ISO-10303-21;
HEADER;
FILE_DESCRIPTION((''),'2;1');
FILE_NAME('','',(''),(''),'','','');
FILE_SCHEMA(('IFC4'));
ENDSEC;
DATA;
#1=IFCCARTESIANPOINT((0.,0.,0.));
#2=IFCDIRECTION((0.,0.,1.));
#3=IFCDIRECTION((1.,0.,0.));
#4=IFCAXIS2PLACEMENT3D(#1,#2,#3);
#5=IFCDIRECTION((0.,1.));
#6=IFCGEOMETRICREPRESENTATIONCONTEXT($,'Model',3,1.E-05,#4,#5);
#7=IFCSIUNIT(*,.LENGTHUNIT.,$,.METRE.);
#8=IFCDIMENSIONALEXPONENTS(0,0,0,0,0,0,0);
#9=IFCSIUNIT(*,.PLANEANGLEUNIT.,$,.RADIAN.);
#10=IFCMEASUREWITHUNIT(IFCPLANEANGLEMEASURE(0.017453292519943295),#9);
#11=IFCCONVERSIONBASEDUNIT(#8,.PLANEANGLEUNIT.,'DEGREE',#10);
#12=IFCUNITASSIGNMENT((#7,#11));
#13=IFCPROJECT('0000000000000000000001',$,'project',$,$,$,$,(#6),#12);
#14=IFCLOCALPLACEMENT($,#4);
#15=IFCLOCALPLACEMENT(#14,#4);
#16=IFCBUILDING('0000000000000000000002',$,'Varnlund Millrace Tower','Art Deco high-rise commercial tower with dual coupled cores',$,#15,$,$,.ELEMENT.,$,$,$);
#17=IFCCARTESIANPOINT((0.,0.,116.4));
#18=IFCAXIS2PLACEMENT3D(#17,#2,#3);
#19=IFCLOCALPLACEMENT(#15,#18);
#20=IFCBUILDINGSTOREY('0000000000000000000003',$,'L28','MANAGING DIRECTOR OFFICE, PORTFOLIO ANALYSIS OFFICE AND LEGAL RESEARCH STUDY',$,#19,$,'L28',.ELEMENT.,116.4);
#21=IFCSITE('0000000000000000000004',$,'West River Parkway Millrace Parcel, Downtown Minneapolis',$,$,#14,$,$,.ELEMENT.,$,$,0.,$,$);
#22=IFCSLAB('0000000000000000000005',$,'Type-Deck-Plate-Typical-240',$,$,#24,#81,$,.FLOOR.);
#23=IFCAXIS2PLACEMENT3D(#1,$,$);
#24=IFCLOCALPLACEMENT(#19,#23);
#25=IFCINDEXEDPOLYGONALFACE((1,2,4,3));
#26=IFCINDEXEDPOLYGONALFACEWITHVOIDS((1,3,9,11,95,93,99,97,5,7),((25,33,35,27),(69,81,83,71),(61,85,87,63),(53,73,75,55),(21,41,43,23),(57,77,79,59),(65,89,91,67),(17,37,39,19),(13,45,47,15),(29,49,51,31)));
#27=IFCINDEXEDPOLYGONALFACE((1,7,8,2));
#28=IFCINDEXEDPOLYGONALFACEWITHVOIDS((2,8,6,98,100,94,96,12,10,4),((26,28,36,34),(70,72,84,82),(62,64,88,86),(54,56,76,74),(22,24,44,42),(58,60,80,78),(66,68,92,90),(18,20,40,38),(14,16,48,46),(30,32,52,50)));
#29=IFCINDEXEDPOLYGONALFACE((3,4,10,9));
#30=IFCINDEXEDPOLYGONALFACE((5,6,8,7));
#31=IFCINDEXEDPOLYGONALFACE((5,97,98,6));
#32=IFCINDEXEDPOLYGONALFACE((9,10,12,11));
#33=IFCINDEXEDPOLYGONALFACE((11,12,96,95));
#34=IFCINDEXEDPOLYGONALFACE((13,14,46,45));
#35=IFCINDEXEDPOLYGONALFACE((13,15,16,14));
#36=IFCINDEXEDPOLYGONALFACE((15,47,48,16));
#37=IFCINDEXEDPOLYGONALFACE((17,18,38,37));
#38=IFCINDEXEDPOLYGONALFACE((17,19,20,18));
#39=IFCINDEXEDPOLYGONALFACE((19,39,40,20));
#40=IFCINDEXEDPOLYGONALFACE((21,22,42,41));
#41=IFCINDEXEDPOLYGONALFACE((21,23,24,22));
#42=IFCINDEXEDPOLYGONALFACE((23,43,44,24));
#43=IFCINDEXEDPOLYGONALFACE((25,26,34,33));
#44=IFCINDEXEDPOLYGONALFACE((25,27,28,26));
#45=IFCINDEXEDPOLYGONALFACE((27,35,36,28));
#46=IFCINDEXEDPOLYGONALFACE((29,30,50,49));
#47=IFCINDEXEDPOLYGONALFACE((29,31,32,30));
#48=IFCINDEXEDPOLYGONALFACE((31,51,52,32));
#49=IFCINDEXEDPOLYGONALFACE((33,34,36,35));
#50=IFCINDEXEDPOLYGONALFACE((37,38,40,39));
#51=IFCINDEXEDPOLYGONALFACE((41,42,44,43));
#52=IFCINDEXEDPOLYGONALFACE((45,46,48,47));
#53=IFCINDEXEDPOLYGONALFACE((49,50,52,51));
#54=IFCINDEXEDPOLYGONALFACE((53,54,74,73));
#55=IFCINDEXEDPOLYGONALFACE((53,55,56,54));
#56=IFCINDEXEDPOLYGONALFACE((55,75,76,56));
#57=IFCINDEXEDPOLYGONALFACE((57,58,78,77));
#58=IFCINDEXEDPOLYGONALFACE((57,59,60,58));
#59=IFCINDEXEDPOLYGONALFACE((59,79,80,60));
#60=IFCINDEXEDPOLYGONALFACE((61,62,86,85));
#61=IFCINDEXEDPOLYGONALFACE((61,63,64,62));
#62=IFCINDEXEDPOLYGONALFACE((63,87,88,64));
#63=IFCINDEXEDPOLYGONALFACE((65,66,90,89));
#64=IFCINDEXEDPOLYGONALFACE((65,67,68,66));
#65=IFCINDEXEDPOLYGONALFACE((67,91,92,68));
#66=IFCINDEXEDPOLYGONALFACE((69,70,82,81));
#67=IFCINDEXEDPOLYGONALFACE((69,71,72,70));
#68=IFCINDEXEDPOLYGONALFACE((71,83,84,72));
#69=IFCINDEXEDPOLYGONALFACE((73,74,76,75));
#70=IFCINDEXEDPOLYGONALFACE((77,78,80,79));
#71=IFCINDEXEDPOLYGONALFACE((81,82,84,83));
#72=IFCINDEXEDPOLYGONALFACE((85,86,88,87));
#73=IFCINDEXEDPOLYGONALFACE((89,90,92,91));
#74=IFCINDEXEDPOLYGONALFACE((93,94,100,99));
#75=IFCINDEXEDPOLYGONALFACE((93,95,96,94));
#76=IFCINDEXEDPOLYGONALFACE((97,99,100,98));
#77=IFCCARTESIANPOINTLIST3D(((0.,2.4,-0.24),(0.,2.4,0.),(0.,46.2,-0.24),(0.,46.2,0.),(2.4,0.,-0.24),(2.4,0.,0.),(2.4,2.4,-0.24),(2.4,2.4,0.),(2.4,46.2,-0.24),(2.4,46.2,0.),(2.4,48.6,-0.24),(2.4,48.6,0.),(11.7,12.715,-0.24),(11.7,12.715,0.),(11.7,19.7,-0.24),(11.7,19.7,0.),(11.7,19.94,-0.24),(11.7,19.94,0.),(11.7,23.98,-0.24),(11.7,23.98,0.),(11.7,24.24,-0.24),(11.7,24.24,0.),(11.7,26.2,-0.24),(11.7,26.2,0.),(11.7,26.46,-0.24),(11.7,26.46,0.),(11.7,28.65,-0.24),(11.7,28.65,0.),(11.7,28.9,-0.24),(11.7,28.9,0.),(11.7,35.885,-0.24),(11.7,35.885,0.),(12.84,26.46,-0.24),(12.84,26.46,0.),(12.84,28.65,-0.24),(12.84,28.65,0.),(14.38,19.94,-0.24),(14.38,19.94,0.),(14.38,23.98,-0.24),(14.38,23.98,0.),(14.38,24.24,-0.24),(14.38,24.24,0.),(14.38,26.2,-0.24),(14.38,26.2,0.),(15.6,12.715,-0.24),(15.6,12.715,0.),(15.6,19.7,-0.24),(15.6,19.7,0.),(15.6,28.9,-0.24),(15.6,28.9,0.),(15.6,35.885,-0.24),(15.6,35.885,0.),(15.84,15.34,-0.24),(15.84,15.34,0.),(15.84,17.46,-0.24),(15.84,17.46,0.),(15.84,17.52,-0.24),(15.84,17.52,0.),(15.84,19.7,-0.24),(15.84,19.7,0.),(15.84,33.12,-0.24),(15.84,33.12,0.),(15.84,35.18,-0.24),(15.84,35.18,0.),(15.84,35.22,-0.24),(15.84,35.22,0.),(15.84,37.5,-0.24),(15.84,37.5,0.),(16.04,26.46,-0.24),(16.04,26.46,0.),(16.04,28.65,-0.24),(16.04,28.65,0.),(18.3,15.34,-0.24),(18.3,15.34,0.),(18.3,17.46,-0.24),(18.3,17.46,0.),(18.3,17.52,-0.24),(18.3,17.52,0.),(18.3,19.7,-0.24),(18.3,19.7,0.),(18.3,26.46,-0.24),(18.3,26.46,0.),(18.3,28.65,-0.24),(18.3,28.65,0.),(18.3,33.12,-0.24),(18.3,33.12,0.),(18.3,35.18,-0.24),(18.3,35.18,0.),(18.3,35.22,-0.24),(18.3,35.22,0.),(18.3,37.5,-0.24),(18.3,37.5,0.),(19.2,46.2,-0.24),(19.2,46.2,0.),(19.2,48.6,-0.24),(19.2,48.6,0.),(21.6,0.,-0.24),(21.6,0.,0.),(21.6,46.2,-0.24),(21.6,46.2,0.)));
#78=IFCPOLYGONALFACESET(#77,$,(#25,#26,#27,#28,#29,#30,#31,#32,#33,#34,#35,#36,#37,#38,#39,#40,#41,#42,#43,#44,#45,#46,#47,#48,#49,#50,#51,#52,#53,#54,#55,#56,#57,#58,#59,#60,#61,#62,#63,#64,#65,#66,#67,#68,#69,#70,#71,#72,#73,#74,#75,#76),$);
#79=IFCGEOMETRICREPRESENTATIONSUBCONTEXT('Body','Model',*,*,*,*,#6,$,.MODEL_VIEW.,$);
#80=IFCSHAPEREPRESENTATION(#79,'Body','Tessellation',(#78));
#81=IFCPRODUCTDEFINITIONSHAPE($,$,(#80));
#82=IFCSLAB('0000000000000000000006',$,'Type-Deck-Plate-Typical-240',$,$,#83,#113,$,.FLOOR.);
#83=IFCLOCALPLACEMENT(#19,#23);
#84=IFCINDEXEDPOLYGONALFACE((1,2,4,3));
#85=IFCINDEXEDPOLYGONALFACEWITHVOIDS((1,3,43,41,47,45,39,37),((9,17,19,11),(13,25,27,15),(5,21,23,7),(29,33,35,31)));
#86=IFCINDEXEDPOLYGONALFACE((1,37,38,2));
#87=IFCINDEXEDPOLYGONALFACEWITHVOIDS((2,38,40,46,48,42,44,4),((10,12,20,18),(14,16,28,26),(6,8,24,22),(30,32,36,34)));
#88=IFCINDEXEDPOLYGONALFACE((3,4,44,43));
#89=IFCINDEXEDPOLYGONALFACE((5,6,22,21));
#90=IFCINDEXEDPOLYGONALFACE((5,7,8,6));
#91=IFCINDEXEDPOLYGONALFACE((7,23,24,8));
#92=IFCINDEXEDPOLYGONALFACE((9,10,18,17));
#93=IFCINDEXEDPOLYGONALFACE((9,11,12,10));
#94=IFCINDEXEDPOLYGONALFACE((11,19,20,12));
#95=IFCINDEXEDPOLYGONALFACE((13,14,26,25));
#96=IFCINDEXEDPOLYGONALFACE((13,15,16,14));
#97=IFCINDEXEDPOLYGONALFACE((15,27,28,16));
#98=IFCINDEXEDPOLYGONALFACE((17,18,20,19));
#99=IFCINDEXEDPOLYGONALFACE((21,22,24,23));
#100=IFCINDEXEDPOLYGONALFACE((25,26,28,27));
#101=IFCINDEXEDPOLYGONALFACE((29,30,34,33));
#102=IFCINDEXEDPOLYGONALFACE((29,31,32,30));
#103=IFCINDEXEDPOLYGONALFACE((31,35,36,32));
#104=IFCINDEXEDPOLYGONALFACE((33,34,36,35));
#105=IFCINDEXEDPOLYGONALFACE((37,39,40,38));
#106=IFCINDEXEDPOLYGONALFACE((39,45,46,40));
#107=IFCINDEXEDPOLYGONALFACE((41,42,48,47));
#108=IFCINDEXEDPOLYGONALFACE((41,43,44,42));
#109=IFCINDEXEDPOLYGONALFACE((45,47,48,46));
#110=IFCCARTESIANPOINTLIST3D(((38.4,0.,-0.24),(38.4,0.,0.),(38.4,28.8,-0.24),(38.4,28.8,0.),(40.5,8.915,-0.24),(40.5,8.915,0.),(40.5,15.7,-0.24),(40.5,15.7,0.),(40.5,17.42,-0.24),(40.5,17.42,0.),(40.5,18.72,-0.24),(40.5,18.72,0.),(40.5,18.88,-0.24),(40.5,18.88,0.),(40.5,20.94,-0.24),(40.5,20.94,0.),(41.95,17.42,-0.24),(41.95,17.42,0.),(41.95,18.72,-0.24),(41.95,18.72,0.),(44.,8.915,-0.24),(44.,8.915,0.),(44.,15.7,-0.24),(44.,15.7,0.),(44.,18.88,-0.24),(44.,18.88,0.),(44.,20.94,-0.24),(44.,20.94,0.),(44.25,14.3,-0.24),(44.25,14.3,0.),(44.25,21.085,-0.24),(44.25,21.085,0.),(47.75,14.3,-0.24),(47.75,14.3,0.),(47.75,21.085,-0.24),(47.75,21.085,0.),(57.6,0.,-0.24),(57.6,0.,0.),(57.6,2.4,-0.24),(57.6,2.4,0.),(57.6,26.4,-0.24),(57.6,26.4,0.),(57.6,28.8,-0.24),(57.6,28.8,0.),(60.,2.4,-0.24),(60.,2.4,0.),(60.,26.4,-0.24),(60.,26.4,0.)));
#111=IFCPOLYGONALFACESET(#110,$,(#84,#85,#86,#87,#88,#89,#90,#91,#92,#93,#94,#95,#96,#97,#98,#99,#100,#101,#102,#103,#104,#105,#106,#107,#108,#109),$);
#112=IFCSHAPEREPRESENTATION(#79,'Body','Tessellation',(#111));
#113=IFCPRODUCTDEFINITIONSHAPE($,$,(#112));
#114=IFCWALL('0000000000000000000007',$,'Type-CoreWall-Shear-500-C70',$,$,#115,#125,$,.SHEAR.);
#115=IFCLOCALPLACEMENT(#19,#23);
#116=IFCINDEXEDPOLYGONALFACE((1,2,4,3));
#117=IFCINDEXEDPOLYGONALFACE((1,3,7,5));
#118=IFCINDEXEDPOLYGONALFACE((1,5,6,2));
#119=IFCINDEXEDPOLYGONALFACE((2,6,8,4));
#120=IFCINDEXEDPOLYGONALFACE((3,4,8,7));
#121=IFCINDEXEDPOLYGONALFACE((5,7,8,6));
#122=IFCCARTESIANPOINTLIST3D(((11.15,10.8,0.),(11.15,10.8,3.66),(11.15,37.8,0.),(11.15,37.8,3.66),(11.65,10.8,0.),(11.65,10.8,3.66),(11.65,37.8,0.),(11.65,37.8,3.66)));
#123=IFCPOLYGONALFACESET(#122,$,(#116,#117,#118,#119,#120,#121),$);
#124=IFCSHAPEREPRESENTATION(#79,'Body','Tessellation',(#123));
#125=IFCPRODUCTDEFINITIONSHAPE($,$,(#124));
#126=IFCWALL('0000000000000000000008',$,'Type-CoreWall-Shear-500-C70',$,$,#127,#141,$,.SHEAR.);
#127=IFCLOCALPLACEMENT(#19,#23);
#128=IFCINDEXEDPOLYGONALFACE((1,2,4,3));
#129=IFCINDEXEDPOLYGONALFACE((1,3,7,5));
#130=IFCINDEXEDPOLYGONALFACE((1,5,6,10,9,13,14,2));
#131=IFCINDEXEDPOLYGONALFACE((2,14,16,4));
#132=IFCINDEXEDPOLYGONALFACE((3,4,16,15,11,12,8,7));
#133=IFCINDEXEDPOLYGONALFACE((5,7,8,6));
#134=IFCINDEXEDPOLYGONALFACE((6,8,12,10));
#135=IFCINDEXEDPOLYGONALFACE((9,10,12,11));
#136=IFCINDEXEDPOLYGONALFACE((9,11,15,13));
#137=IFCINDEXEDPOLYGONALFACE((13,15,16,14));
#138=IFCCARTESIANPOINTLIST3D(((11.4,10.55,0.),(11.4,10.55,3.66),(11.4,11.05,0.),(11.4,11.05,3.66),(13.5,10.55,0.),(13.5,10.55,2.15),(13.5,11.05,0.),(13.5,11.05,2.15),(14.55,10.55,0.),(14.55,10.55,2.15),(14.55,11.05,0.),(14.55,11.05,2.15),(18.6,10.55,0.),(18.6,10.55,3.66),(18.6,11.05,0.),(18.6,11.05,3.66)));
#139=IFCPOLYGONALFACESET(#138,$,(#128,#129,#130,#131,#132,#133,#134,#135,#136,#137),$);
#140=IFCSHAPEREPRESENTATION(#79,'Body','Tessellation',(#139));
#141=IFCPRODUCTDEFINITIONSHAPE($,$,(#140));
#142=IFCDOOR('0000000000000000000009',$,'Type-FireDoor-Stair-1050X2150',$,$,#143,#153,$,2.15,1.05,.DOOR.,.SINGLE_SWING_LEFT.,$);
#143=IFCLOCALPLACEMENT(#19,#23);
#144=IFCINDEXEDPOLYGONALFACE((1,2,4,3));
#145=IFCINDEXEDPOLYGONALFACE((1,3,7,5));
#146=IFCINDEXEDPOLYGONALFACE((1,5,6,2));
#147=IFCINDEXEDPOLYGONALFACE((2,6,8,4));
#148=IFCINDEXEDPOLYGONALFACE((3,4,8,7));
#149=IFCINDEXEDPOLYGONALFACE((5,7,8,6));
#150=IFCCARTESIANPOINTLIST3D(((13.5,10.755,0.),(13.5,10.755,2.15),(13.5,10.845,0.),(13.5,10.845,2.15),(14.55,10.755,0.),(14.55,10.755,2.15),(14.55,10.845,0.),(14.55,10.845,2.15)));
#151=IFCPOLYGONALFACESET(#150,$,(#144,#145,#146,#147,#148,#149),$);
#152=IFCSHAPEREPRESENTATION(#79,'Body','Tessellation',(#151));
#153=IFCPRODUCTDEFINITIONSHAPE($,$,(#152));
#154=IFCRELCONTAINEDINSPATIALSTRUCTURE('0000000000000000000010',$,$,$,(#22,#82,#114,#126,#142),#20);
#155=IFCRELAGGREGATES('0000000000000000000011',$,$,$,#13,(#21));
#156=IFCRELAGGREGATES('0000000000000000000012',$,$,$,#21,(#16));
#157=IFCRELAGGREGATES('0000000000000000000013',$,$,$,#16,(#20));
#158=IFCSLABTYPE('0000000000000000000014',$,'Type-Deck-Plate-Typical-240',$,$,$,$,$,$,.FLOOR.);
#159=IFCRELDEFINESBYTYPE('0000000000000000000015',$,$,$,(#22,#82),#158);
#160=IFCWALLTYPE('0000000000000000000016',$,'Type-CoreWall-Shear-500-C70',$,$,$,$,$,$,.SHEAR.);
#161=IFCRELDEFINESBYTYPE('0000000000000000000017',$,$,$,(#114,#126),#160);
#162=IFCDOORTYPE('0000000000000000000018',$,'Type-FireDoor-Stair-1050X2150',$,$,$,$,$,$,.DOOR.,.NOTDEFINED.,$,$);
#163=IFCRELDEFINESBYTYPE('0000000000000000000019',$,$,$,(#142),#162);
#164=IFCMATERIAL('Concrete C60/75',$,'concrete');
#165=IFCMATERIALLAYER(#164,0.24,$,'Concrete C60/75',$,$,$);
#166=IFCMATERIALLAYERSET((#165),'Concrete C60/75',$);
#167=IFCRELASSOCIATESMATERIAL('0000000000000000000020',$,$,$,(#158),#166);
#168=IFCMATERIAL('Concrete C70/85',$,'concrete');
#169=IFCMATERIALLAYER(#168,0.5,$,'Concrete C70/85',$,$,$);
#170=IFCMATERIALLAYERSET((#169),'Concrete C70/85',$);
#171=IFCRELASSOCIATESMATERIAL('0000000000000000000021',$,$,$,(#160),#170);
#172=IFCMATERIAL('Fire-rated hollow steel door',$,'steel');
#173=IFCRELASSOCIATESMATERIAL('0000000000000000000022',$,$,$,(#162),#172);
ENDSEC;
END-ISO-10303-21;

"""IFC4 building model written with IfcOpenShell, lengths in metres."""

from ifc_helpers import new_model, entity, si_unit, converted_unit, direction, frame, origin_with_axes, origin_2d_with_axis, place, context, subcontext, project, spatial, polyline, rectangle, outline, extrude, material, layer, layer_set, type_object, element, fill, save


model = new_model("IFC4")

# Units and contexts
model_context = context("Model", 3, precision=1e-05, world=origin_with_axes(), true_north=direction((0.0, 1.0)))
body_context = subcontext(model_context, "Body", "Model", "MODEL_VIEW")
ifc_project = project(units=[si_unit("LENGTHUNIT", "METRE"), converted_unit("PLANEANGLEUNIT", "DEGREE", entity("IfcPlaneAngleMeasure", 0.017453292519943295), si_unit("PLANEANGLEUNIT", "RADIAN"), dimensions=[0, 0, 0, 0, 0, 0, 0])], contexts=[model_context])

# Site, building, storey
site_placement = place(None, origin_with_axes())
site = spatial("IfcSite", under=ifc_project, at=site_placement, Name="West River Parkway Millrace Parcel, Downtown Minneapolis", CompositionType="ELEMENT", RefElevation=0.0)
building_placement = place(site_placement, origin_with_axes())
building = spatial("IfcBuilding", under=site, at=building_placement, Name="Varnlund Millrace Tower", Description="Art Deco high-rise commercial tower with dual coupled cores", CompositionType="ELEMENT")
storey_placement = place(building_placement, frame((0.0, 0.0, 116.4), z_axis=(0.0, 0.0, 1.0), x_axis=(1.0, 0.0, 0.0)))
storey = spatial("IfcBuildingStorey", under=building, at=storey_placement, Name="L28", Description="MANAGING DIRECTOR OFFICE, PORTFOLIO ANALYSIS OFFICE AND LEGAL RESEARCH STUDY", LongName="L28", CompositionType="ELEMENT", Elevation=116.4)

# Slabs
ifc_material_1 = material(Name="Concrete C60/75", Category="concrete")
ifc_layer_1 = layer(ifc_material_1, 0.24, Name="Concrete C60/75")
ifc_layer_set_1 = layer_set([ifc_layer_1], Name="Concrete C60/75")
slab_type = type_object("IfcSlabType", Name="Type-Deck-Plate-Typical-240", PredefinedType="FLOOR", material=ifc_layer_set_1)
slab_1_placement = place(storey_placement, frame((0.0, 0.0, -0.24), z_axis=(0.0, 0.0, 1.0), x_axis=(1.0, 0.0, 0.0)))
element("IfcSlab", 1, at=slab_1_placement, inside=storey, type_object=slab_type, Name="Type-Deck-Plate-Typical-240", PredefinedType="FLOOR", context=body_context, shape_type="SweptSolid", body=[
    extrude(outline(polyline([(2.4, 2.4), (2.4, 0.0), (21.6, 0.0), (21.6, 46.2), (19.2, 46.2), (19.2, 48.6), (2.4, 48.6), (2.4, 46.2), (0.0, 46.2), (0.0, 2.4), (2.4, 2.4)]), holes=[polyline([(15.6, 19.7), (15.6, 12.715), (11.7, 12.715), (11.7, 19.7), (15.6, 19.7)]), polyline([(11.7, 23.98), (14.38, 23.98), (14.38, 19.94), (11.7, 19.94), (11.7, 23.98)]), polyline([(14.38, 24.24), (11.7, 24.24), (11.7, 26.2), (14.38, 26.2), (14.38, 24.24)]), polyline([(12.84, 26.46), (11.7, 26.46), (11.7, 28.65), (12.84, 28.65), (12.84, 26.46)]), polyline([(15.6, 35.885), (15.6, 28.9), (11.7, 28.9), (11.7, 35.885), (15.6, 35.885)]), polyline([(18.3, 15.34), (15.84, 15.34), (15.84, 17.46), (18.3, 17.46), (18.3, 15.34)]), polyline([(18.3, 17.52), (15.84, 17.52), (15.84, 19.7), (18.3, 19.7), (18.3, 17.52)]), polyline([(18.3, 28.65), (18.3, 26.46), (16.04, 26.46), (16.04, 28.65), (18.3, 28.65)]), polyline([(18.3, 33.12), (15.84, 33.12), (15.84, 35.18), (18.3, 35.18), (18.3, 33.12)]), polyline([(18.3, 35.22), (15.84, 35.22), (15.84, 37.5), (18.3, 37.5), (18.3, 35.22)])]), origin_with_axes(), (0.0, 0.0, 1.0), 0.24),
])
slab_2_placement = place(storey_placement, frame((0.0, 0.0, -0.24), z_axis=(0.0, 0.0, 1.0), x_axis=(1.0, 0.0, 0.0)))
element("IfcSlab", 2, at=slab_2_placement, inside=storey, type_object=slab_type, Name="Type-Deck-Plate-Typical-240", PredefinedType="FLOOR", context=body_context, shape_type="SweptSolid", body=[
    extrude(outline(polyline([(38.4, 0.0), (57.6, 0.0), (57.6, 2.4), (60.0, 2.4), (60.0, 26.4), (57.6, 26.4), (57.6, 28.8), (38.4, 28.8), (38.4, 0.0)]), holes=[polyline([(40.5, 15.7), (44.0, 15.7), (44.0, 8.915), (40.5, 8.915), (40.5, 15.7)]), polyline([(44.25, 21.085), (47.75, 21.085), (47.75, 14.3), (44.25, 14.3), (44.25, 21.085)]), polyline([(40.5, 18.72), (41.95, 18.72), (41.95, 17.42), (40.5, 17.42), (40.5, 18.72)]), polyline([(40.5, 20.94), (44.0, 20.94), (44.0, 18.88), (40.5, 18.88), (40.5, 20.94)])]), origin_with_axes(), (0.0, 0.0, 1.0), 0.24),
])

# Wall
ifc_material_2 = material(Name="Concrete C70/85", Category="concrete")
ifc_layer_2 = layer(ifc_material_2, 0.5, Name="Concrete C70/85")
ifc_layer_set_2 = layer_set([ifc_layer_2], Name="Concrete C70/85")
wall_type = type_object("IfcWallType", Name="Type-CoreWall-Shear-500-C70", PredefinedType="SHEAR", material=ifc_layer_set_2)
wall_1_placement = place(storey_placement, frame((11.4, 10.8, 0.0), z_axis=(0.0, 0.0, 1.0), x_axis=(0.0, 1.0, 0.0)))
element("IfcWall", 3, at=wall_1_placement, inside=storey, type_object=wall_type, Name="Type-CoreWall-Shear-500-C70", PredefinedType="SHEAR", context=body_context, shape_type="SweptSolid", body=[
    extrude(outline(polyline([(0.0, -0.25), (27.0, -0.25), (27.0, 0.25), (0.0, 0.25), (0.0, -0.25)])), origin_with_axes(), (0.0, 0.0, 1.0), 3.66),
])

# Wall, opening, door
wall_2_placement = place(storey_placement, frame((11.4, 10.8, 0.0), z_axis=(0.0, 0.0, 1.0), x_axis=(1.0, 0.0, 0.0)))
wall_2 = element("IfcWall", 4, at=wall_2_placement, inside=storey, type_object=wall_type, Name="Type-CoreWall-Shear-500-C70", PredefinedType="SHEAR", context=body_context, shape_type="SweptSolid", body=[
    extrude(outline(polyline([(0.0, -0.25), (7.2, -0.25), (7.2, 0.25), (0.0, 0.25), (0.0, -0.25)])), origin_with_axes(), (0.0, 0.0, 1.0), 3.66),
])
opening_1_placement = place(wall_2_placement, frame((2.625, 0.0, 0.0), z_axis=(0.0, 0.0, 1.0), x_axis=(1.0, 0.0, 0.0)))
opening_1 = element("IfcOpeningElement", 5, at=opening_1_placement, cuts=wall_2, PredefinedType="OPENING", context=body_context, shape_type="SweptSolid", body=[
    extrude(rectangle(XDim=1.05, YDim=0.52, at=origin_2d_with_axis()), origin_with_axes(), (0.0, 0.0, 1.0), 2.15),
])
ifc_material_3 = material(Name="Fire-rated hollow steel door", Category="steel")
door_type = type_object("IfcDoorType", Name="Type-FireDoor-Stair-1050X2150", OperationType="NOTDEFINED", PredefinedType="DOOR", material=ifc_material_3)
door_1_placement = place(wall_2_placement, frame((2.625, 0.0, 0.0), z_axis=(0.0, 0.0, 1.0), x_axis=(1.0, 0.0, 0.0)))
door_1 = element("IfcDoor", 6, at=door_1_placement, inside=storey, type_object=door_type, Name="Type-FireDoor-Stair-1050X2150", OperationType="SINGLE_SWING_LEFT", OverallHeight=2.15, OverallWidth=1.05, PredefinedType="DOOR", context=body_context, shape_type="SweptSolid", body=[
    extrude(rectangle(XDim=1.05, YDim=0.09, at=origin_2d_with_axis()), origin_with_axes(), (0.0, 0.0, 1.0), 2.15),
])
fill(opening_1, door_1)

save(model, "model.ifc")
